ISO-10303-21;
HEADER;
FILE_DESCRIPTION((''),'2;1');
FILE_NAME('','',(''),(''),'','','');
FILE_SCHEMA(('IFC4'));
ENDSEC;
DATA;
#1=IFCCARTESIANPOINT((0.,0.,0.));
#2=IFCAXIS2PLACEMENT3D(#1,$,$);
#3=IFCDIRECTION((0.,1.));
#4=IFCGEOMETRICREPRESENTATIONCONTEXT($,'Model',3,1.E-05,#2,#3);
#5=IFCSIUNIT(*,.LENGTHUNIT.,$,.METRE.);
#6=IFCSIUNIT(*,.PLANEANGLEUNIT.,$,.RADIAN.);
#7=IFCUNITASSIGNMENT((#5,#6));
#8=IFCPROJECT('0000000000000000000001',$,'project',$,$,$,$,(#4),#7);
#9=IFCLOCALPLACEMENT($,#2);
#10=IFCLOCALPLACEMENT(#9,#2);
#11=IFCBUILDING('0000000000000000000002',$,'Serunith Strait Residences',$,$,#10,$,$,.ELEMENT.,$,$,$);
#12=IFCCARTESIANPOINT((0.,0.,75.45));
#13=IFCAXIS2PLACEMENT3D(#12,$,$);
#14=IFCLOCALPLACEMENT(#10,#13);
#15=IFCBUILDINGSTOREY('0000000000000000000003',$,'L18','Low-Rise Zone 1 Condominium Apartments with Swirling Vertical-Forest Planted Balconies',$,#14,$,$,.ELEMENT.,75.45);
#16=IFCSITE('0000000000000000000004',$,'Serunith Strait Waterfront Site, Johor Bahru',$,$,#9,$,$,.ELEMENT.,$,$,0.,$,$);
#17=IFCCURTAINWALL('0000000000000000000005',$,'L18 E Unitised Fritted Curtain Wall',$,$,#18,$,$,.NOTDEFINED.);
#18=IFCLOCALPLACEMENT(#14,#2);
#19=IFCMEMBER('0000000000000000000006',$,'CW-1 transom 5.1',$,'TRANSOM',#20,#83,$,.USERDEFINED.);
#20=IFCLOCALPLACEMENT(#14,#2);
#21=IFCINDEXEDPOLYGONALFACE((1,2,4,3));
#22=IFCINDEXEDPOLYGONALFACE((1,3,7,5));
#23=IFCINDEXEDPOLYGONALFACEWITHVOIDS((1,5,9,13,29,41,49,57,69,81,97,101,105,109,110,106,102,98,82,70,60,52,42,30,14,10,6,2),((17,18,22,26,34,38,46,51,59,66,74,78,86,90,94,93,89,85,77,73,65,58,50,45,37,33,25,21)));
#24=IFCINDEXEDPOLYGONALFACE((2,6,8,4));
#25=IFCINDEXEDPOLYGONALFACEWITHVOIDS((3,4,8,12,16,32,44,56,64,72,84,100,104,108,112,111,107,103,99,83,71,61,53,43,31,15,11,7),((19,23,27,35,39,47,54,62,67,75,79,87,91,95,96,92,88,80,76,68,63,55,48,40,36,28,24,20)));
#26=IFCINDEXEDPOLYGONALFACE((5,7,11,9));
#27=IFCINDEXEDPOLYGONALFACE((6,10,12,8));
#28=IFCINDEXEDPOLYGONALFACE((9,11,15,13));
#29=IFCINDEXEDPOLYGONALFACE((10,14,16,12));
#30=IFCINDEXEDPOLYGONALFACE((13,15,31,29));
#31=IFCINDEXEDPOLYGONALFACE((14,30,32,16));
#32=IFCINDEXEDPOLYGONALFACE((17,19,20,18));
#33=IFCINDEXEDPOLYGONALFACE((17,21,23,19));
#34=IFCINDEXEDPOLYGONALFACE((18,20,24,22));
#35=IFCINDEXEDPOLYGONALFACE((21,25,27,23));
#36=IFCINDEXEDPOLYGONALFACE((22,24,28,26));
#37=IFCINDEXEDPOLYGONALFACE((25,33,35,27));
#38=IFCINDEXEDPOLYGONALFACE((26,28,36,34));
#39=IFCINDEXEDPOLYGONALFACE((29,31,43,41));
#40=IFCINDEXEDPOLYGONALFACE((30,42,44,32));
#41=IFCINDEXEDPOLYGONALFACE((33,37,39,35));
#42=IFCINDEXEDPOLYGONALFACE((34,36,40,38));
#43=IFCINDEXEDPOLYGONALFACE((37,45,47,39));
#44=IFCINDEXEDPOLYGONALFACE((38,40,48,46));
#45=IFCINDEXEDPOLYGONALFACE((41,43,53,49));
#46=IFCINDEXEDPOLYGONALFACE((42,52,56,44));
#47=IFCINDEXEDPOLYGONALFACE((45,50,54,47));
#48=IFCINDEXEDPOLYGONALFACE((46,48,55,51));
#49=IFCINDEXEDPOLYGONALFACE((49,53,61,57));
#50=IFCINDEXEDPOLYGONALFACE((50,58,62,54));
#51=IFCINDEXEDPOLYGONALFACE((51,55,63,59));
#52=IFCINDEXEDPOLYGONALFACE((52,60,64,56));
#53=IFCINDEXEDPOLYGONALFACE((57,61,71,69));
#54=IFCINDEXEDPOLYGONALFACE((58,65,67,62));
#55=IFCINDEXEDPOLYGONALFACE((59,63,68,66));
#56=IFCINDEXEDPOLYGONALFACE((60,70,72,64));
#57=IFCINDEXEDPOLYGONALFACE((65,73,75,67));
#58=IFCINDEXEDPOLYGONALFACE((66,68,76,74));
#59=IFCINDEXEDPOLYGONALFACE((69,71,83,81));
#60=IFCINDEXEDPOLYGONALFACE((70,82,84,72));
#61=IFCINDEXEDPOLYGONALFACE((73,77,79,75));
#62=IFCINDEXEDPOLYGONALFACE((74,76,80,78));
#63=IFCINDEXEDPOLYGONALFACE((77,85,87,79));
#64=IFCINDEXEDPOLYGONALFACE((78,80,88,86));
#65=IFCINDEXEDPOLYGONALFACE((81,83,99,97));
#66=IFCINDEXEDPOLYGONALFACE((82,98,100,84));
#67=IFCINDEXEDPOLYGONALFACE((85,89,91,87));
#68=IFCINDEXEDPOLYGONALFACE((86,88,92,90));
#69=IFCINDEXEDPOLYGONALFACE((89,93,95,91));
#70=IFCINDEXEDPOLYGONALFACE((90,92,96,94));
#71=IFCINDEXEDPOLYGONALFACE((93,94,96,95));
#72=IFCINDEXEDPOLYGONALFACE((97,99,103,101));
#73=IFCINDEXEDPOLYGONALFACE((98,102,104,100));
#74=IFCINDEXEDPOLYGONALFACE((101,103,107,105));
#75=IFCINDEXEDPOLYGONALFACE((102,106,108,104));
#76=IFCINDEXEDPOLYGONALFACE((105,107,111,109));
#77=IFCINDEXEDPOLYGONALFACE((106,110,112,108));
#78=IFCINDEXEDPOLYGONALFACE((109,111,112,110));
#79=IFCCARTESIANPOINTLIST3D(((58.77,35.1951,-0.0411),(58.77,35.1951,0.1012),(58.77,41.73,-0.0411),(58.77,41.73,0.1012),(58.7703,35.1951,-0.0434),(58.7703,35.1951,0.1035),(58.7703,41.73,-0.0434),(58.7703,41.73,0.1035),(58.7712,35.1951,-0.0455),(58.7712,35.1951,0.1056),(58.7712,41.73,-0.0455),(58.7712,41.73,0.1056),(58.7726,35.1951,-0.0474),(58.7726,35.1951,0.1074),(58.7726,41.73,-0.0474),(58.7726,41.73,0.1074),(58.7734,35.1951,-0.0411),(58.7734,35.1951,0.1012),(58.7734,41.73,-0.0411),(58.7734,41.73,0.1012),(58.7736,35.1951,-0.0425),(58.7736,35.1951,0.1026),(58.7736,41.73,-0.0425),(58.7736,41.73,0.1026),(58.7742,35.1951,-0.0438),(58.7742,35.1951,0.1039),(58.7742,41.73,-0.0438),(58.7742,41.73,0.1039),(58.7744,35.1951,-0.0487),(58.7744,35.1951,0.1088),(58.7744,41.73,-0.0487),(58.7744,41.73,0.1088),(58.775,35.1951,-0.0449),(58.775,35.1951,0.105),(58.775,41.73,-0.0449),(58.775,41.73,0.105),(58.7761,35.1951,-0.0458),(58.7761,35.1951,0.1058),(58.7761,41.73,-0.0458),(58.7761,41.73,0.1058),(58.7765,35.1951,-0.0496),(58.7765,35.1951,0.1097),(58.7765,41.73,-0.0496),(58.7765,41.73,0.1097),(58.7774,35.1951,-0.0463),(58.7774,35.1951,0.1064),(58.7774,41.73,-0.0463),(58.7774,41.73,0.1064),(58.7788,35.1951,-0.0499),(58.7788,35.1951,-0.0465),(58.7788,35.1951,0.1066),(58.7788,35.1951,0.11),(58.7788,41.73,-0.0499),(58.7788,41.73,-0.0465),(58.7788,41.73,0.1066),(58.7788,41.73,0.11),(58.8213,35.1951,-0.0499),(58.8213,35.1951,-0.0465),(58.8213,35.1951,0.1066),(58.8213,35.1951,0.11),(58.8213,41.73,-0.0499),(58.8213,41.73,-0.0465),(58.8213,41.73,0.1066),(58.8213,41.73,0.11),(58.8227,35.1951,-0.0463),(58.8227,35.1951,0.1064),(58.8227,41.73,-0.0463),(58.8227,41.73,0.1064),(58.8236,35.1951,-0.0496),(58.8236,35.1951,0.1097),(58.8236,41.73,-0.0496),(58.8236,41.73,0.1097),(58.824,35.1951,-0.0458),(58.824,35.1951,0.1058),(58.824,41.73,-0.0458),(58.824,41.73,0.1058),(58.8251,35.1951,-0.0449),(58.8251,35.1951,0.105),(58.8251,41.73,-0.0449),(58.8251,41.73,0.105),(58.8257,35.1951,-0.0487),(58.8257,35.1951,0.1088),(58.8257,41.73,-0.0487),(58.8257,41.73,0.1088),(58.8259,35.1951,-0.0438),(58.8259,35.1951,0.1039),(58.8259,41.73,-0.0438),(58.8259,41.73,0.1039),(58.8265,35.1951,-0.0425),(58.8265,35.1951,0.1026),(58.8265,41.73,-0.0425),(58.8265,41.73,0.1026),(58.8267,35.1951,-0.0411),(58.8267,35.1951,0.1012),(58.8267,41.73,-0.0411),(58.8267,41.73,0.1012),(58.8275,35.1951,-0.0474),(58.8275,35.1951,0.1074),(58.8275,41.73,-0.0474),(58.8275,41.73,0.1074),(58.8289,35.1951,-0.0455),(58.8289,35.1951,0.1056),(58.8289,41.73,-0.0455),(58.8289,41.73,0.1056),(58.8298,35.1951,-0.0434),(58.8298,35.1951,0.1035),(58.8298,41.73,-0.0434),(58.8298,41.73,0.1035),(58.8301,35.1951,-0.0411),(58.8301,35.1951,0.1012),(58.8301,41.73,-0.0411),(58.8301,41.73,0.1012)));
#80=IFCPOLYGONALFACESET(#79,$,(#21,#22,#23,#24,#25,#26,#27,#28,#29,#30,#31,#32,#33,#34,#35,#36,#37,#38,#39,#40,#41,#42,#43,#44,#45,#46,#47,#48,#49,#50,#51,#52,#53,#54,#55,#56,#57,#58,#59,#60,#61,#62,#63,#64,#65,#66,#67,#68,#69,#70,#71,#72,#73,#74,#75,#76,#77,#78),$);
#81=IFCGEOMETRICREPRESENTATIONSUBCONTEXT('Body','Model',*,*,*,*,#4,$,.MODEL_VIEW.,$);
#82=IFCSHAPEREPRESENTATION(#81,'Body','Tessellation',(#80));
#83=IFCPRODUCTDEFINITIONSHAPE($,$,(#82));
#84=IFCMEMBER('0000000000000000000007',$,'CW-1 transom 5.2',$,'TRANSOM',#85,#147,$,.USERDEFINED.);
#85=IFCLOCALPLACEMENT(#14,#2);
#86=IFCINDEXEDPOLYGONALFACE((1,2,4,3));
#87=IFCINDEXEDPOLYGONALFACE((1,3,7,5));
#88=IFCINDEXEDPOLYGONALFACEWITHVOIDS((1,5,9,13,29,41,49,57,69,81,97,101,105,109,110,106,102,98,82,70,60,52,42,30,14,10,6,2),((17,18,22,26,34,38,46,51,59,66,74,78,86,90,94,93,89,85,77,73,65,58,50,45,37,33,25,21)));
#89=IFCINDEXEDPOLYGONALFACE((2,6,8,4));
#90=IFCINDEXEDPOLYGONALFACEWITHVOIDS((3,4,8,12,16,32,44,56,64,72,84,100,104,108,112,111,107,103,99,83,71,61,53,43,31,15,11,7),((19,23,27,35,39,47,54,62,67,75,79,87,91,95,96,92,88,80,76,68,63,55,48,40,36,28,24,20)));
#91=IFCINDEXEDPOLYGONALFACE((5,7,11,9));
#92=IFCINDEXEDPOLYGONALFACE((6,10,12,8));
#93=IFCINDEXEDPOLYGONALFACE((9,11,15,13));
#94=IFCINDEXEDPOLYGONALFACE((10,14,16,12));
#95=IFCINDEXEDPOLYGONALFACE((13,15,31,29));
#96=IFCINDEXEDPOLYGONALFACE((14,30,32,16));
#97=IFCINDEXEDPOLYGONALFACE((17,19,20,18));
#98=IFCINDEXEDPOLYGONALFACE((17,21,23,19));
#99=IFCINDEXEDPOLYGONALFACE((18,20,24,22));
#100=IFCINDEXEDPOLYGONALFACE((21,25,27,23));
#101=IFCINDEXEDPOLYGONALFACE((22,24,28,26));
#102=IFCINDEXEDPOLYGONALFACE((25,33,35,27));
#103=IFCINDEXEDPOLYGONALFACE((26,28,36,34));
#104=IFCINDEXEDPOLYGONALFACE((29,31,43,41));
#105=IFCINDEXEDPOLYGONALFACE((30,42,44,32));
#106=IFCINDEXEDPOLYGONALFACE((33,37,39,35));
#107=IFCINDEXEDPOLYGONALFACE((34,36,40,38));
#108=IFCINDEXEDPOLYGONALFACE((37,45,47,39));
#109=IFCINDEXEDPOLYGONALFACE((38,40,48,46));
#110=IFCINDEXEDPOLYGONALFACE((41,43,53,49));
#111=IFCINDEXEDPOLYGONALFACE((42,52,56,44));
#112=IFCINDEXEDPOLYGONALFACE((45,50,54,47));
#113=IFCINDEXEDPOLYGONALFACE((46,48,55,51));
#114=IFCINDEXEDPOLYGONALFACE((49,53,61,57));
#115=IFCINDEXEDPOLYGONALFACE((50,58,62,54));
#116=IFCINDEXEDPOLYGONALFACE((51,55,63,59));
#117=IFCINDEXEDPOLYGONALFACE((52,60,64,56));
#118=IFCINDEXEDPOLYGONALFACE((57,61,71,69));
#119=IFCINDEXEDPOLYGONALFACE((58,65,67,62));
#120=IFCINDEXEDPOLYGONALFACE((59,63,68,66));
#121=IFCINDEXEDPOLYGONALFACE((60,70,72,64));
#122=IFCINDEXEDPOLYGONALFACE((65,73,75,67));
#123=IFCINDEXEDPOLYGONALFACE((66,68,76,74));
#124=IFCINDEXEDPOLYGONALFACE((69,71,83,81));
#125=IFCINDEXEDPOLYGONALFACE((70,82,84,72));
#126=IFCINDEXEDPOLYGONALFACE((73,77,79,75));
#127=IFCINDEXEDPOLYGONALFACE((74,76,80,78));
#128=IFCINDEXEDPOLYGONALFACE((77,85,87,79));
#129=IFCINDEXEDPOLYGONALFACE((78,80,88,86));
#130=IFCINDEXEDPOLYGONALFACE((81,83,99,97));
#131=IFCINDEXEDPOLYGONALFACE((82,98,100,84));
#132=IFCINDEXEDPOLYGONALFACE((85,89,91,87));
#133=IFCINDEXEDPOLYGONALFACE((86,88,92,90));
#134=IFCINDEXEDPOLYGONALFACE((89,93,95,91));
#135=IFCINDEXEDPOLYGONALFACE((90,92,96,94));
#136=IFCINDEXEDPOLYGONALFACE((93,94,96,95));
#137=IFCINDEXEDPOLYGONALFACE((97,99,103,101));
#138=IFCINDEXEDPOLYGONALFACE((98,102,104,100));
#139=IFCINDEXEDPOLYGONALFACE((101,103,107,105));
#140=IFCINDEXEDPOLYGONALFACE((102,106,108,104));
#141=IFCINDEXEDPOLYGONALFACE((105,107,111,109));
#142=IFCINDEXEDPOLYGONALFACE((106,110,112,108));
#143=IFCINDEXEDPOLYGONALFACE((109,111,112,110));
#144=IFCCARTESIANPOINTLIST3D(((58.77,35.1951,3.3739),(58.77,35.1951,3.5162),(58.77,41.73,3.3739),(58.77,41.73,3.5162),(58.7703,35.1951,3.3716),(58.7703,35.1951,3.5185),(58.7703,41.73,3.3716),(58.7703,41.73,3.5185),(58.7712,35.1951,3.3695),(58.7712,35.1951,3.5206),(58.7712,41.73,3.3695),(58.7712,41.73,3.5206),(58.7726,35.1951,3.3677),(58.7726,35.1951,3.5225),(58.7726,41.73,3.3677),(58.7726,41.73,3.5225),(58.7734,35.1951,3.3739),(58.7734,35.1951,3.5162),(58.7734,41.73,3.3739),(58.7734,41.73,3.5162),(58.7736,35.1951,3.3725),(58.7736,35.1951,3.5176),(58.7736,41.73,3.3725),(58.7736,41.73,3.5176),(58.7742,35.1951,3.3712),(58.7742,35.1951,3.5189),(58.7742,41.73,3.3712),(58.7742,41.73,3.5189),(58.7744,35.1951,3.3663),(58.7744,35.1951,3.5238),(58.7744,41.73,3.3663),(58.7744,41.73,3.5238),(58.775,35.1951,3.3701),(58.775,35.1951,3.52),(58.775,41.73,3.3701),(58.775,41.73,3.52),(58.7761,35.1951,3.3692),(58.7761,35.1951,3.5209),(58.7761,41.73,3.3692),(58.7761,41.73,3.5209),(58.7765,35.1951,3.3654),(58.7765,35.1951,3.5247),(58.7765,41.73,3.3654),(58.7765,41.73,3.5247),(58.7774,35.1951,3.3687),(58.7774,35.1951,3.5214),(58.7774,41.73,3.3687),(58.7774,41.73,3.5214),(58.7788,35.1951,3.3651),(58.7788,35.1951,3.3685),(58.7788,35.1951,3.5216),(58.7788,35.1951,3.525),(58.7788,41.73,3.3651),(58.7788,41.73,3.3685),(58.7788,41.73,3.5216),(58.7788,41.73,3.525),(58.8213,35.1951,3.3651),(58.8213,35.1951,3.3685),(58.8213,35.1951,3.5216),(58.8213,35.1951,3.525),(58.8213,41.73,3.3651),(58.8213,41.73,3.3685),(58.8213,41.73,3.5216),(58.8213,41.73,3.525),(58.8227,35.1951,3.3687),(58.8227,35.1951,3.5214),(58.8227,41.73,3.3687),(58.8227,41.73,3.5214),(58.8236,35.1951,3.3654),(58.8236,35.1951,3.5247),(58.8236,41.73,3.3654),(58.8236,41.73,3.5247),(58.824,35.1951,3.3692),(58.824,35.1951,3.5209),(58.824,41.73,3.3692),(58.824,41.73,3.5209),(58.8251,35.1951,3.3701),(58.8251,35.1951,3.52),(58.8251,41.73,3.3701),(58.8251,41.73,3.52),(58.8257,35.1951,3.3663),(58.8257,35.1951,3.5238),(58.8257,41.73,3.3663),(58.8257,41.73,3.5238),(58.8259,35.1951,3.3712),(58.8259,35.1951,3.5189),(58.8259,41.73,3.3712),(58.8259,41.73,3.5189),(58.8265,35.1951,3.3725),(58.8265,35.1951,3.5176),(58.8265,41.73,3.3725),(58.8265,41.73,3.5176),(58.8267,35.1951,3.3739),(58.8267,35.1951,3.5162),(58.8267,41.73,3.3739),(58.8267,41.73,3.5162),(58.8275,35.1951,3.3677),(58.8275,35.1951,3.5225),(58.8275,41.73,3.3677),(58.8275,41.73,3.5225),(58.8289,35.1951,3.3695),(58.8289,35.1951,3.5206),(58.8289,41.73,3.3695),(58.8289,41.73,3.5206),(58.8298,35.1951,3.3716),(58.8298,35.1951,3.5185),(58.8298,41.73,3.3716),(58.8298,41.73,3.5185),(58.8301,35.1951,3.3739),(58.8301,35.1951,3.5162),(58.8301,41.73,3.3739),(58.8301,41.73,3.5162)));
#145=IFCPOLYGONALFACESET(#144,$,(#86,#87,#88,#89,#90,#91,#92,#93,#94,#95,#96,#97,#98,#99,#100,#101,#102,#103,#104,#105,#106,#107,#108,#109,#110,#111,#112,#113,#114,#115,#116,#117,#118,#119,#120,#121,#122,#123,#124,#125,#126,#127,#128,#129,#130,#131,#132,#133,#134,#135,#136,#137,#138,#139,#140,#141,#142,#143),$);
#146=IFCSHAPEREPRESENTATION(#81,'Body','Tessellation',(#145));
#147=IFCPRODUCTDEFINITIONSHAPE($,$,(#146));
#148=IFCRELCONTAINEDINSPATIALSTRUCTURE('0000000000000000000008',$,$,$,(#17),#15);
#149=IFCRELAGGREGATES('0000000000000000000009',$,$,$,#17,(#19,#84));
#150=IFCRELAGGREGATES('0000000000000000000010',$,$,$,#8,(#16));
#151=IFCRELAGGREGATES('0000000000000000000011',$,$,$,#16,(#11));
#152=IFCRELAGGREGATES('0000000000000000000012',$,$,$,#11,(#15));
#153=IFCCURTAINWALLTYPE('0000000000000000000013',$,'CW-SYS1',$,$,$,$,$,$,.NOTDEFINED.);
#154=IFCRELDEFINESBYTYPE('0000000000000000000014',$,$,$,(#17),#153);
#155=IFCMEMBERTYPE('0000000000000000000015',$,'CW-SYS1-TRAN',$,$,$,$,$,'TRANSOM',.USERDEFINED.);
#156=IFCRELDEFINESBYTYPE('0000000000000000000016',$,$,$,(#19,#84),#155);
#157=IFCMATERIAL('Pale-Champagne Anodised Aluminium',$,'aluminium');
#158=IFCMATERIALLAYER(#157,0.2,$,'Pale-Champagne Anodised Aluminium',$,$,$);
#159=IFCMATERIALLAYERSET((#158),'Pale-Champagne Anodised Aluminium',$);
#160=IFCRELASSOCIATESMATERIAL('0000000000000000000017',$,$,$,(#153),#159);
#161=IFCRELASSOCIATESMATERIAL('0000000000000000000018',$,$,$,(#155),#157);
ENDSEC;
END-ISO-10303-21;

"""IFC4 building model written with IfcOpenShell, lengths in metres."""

from ifc_helpers import new_model, si_unit, direction, frame, origin, origin_2d, place, context, subcontext, project, spatial, hollow_rectangle, extrude, source, transform, mapped, material, layer, layer_set, material_profile, profile_set, type_object, element, aggregate, save


model = new_model("IFC4")

# Units and contexts
model_context = context("Model", 3, precision=1e-05, world=origin(), true_north=direction((0.0, 1.0)))
body_context = subcontext(model_context, "Body", "Model", "MODEL_VIEW")
ifc_project = project(units=[si_unit("LENGTHUNIT", "METRE"), si_unit("PLANEANGLEUNIT", "RADIAN")], contexts=[model_context])

# Site, building, storey
site_placement = place(None, origin())
site = spatial("IfcSite", under=ifc_project, at=site_placement, Name="Serunith Strait Waterfront Site, Johor Bahru", CompositionType="ELEMENT", RefElevation=0.0)
building_placement = place(site_placement, origin())
building = spatial("IfcBuilding", under=site, at=building_placement, Name="Serunith Strait Residences", CompositionType="ELEMENT")
storey_placement = place(building_placement, frame((0.0, 0.0, 75.45)))
storey = spatial("IfcBuildingStorey", under=building, at=storey_placement, Name="L18", Description="Low-Rise Zone 1 Condominium Apartments with Swirling Vertical-Forest Planted Balconies", CompositionType="ELEMENT", Elevation=75.45)

# Curtain wall, members
ifc_material_1 = material(Name="Pale-Champagne Anodised Aluminium", Category="aluminium")
ifc_layer_1 = layer(ifc_material_1, 0.2, Name="Pale-Champagne Anodised Aluminium")
ifc_layer_set_1 = layer_set([ifc_layer_1], Name="Pale-Champagne Anodised Aluminium")
curtain_wall_type = type_object("IfcCurtainWallType", Name="CW-SYS1", PredefinedType="NOTDEFINED", material=ifc_layer_set_1)
curtain_wall_placement = place(storey_placement, origin())
curtain_wall = element("IfcCurtainWall", 1, at=curtain_wall_placement, inside=storey, type_object=curtain_wall_type, Name="L18 E Unitised Fritted Curtain Wall", PredefinedType="NOTDEFINED")
ifc_material_profile_1 = material_profile(ifc_material_1, hollow_rectangle(XDim=0.0601, YDim=0.1599, WallThickness=0.0034, InnerFilletRadius=0.0054, OuterFilletRadius=0.0088, at=origin_2d()), Name="ALU 160x60x3.5")
ifc_profile_set_1 = profile_set([ifc_material_profile_1], Name="Pale-Champagne Anodised Aluminium")
member_type_1 = type_object("IfcMemberType", Name="CW-SYS1-TRAN", ElementType="TRANSOM", PredefinedType="USERDEFINED", material=ifc_profile_set_1)
shared_shape_1 = source(origin(), body_context, "Body", "SweptSolid", [
    extrude(hollow_rectangle(XDim=0.0601, YDim=0.1599, WallThickness=0.0034, InnerFilletRadius=0.0054, OuterFilletRadius=0.0088, at=origin_2d()), origin(), (0.0, 0.0, 1.0), 6.5349),
])
member_1_placement = place(storey_placement, frame((58.8, 35.1951, 0.03), z_axis=(0.0, 1.0, 0.0), x_axis=(-1.0, 0.0, 0.0)))
member_1 = element("IfcMember", 2, at=member_1_placement, type_object=member_type_1, Name="CW-1 transom 5.1", ObjectType="TRANSOM", PredefinedType="USERDEFINED", context=body_context, shape_type="MappedRepresentation", body=[
    mapped(shared_shape_1, transform((0.0, 0.0, 0.0), scale=1.0)),
])
member_2_placement = place(storey_placement, frame((58.8, 35.1951, 3.4451), z_axis=(0.0, 1.0, 0.0), x_axis=(-1.0, 0.0, 0.0)))
member_2 = element("IfcMember", 3, at=member_2_placement, type_object=member_type_1, Name="CW-1 transom 5.2", ObjectType="TRANSOM", PredefinedType="USERDEFINED", context=body_context, shape_type="MappedRepresentation", body=[
    mapped(shared_shape_1, transform((0.0, 0.0, 0.0), scale=1.0)),
])
aggregate(curtain_wall, [member_1, member_2])

save(model, "model.ifc")
